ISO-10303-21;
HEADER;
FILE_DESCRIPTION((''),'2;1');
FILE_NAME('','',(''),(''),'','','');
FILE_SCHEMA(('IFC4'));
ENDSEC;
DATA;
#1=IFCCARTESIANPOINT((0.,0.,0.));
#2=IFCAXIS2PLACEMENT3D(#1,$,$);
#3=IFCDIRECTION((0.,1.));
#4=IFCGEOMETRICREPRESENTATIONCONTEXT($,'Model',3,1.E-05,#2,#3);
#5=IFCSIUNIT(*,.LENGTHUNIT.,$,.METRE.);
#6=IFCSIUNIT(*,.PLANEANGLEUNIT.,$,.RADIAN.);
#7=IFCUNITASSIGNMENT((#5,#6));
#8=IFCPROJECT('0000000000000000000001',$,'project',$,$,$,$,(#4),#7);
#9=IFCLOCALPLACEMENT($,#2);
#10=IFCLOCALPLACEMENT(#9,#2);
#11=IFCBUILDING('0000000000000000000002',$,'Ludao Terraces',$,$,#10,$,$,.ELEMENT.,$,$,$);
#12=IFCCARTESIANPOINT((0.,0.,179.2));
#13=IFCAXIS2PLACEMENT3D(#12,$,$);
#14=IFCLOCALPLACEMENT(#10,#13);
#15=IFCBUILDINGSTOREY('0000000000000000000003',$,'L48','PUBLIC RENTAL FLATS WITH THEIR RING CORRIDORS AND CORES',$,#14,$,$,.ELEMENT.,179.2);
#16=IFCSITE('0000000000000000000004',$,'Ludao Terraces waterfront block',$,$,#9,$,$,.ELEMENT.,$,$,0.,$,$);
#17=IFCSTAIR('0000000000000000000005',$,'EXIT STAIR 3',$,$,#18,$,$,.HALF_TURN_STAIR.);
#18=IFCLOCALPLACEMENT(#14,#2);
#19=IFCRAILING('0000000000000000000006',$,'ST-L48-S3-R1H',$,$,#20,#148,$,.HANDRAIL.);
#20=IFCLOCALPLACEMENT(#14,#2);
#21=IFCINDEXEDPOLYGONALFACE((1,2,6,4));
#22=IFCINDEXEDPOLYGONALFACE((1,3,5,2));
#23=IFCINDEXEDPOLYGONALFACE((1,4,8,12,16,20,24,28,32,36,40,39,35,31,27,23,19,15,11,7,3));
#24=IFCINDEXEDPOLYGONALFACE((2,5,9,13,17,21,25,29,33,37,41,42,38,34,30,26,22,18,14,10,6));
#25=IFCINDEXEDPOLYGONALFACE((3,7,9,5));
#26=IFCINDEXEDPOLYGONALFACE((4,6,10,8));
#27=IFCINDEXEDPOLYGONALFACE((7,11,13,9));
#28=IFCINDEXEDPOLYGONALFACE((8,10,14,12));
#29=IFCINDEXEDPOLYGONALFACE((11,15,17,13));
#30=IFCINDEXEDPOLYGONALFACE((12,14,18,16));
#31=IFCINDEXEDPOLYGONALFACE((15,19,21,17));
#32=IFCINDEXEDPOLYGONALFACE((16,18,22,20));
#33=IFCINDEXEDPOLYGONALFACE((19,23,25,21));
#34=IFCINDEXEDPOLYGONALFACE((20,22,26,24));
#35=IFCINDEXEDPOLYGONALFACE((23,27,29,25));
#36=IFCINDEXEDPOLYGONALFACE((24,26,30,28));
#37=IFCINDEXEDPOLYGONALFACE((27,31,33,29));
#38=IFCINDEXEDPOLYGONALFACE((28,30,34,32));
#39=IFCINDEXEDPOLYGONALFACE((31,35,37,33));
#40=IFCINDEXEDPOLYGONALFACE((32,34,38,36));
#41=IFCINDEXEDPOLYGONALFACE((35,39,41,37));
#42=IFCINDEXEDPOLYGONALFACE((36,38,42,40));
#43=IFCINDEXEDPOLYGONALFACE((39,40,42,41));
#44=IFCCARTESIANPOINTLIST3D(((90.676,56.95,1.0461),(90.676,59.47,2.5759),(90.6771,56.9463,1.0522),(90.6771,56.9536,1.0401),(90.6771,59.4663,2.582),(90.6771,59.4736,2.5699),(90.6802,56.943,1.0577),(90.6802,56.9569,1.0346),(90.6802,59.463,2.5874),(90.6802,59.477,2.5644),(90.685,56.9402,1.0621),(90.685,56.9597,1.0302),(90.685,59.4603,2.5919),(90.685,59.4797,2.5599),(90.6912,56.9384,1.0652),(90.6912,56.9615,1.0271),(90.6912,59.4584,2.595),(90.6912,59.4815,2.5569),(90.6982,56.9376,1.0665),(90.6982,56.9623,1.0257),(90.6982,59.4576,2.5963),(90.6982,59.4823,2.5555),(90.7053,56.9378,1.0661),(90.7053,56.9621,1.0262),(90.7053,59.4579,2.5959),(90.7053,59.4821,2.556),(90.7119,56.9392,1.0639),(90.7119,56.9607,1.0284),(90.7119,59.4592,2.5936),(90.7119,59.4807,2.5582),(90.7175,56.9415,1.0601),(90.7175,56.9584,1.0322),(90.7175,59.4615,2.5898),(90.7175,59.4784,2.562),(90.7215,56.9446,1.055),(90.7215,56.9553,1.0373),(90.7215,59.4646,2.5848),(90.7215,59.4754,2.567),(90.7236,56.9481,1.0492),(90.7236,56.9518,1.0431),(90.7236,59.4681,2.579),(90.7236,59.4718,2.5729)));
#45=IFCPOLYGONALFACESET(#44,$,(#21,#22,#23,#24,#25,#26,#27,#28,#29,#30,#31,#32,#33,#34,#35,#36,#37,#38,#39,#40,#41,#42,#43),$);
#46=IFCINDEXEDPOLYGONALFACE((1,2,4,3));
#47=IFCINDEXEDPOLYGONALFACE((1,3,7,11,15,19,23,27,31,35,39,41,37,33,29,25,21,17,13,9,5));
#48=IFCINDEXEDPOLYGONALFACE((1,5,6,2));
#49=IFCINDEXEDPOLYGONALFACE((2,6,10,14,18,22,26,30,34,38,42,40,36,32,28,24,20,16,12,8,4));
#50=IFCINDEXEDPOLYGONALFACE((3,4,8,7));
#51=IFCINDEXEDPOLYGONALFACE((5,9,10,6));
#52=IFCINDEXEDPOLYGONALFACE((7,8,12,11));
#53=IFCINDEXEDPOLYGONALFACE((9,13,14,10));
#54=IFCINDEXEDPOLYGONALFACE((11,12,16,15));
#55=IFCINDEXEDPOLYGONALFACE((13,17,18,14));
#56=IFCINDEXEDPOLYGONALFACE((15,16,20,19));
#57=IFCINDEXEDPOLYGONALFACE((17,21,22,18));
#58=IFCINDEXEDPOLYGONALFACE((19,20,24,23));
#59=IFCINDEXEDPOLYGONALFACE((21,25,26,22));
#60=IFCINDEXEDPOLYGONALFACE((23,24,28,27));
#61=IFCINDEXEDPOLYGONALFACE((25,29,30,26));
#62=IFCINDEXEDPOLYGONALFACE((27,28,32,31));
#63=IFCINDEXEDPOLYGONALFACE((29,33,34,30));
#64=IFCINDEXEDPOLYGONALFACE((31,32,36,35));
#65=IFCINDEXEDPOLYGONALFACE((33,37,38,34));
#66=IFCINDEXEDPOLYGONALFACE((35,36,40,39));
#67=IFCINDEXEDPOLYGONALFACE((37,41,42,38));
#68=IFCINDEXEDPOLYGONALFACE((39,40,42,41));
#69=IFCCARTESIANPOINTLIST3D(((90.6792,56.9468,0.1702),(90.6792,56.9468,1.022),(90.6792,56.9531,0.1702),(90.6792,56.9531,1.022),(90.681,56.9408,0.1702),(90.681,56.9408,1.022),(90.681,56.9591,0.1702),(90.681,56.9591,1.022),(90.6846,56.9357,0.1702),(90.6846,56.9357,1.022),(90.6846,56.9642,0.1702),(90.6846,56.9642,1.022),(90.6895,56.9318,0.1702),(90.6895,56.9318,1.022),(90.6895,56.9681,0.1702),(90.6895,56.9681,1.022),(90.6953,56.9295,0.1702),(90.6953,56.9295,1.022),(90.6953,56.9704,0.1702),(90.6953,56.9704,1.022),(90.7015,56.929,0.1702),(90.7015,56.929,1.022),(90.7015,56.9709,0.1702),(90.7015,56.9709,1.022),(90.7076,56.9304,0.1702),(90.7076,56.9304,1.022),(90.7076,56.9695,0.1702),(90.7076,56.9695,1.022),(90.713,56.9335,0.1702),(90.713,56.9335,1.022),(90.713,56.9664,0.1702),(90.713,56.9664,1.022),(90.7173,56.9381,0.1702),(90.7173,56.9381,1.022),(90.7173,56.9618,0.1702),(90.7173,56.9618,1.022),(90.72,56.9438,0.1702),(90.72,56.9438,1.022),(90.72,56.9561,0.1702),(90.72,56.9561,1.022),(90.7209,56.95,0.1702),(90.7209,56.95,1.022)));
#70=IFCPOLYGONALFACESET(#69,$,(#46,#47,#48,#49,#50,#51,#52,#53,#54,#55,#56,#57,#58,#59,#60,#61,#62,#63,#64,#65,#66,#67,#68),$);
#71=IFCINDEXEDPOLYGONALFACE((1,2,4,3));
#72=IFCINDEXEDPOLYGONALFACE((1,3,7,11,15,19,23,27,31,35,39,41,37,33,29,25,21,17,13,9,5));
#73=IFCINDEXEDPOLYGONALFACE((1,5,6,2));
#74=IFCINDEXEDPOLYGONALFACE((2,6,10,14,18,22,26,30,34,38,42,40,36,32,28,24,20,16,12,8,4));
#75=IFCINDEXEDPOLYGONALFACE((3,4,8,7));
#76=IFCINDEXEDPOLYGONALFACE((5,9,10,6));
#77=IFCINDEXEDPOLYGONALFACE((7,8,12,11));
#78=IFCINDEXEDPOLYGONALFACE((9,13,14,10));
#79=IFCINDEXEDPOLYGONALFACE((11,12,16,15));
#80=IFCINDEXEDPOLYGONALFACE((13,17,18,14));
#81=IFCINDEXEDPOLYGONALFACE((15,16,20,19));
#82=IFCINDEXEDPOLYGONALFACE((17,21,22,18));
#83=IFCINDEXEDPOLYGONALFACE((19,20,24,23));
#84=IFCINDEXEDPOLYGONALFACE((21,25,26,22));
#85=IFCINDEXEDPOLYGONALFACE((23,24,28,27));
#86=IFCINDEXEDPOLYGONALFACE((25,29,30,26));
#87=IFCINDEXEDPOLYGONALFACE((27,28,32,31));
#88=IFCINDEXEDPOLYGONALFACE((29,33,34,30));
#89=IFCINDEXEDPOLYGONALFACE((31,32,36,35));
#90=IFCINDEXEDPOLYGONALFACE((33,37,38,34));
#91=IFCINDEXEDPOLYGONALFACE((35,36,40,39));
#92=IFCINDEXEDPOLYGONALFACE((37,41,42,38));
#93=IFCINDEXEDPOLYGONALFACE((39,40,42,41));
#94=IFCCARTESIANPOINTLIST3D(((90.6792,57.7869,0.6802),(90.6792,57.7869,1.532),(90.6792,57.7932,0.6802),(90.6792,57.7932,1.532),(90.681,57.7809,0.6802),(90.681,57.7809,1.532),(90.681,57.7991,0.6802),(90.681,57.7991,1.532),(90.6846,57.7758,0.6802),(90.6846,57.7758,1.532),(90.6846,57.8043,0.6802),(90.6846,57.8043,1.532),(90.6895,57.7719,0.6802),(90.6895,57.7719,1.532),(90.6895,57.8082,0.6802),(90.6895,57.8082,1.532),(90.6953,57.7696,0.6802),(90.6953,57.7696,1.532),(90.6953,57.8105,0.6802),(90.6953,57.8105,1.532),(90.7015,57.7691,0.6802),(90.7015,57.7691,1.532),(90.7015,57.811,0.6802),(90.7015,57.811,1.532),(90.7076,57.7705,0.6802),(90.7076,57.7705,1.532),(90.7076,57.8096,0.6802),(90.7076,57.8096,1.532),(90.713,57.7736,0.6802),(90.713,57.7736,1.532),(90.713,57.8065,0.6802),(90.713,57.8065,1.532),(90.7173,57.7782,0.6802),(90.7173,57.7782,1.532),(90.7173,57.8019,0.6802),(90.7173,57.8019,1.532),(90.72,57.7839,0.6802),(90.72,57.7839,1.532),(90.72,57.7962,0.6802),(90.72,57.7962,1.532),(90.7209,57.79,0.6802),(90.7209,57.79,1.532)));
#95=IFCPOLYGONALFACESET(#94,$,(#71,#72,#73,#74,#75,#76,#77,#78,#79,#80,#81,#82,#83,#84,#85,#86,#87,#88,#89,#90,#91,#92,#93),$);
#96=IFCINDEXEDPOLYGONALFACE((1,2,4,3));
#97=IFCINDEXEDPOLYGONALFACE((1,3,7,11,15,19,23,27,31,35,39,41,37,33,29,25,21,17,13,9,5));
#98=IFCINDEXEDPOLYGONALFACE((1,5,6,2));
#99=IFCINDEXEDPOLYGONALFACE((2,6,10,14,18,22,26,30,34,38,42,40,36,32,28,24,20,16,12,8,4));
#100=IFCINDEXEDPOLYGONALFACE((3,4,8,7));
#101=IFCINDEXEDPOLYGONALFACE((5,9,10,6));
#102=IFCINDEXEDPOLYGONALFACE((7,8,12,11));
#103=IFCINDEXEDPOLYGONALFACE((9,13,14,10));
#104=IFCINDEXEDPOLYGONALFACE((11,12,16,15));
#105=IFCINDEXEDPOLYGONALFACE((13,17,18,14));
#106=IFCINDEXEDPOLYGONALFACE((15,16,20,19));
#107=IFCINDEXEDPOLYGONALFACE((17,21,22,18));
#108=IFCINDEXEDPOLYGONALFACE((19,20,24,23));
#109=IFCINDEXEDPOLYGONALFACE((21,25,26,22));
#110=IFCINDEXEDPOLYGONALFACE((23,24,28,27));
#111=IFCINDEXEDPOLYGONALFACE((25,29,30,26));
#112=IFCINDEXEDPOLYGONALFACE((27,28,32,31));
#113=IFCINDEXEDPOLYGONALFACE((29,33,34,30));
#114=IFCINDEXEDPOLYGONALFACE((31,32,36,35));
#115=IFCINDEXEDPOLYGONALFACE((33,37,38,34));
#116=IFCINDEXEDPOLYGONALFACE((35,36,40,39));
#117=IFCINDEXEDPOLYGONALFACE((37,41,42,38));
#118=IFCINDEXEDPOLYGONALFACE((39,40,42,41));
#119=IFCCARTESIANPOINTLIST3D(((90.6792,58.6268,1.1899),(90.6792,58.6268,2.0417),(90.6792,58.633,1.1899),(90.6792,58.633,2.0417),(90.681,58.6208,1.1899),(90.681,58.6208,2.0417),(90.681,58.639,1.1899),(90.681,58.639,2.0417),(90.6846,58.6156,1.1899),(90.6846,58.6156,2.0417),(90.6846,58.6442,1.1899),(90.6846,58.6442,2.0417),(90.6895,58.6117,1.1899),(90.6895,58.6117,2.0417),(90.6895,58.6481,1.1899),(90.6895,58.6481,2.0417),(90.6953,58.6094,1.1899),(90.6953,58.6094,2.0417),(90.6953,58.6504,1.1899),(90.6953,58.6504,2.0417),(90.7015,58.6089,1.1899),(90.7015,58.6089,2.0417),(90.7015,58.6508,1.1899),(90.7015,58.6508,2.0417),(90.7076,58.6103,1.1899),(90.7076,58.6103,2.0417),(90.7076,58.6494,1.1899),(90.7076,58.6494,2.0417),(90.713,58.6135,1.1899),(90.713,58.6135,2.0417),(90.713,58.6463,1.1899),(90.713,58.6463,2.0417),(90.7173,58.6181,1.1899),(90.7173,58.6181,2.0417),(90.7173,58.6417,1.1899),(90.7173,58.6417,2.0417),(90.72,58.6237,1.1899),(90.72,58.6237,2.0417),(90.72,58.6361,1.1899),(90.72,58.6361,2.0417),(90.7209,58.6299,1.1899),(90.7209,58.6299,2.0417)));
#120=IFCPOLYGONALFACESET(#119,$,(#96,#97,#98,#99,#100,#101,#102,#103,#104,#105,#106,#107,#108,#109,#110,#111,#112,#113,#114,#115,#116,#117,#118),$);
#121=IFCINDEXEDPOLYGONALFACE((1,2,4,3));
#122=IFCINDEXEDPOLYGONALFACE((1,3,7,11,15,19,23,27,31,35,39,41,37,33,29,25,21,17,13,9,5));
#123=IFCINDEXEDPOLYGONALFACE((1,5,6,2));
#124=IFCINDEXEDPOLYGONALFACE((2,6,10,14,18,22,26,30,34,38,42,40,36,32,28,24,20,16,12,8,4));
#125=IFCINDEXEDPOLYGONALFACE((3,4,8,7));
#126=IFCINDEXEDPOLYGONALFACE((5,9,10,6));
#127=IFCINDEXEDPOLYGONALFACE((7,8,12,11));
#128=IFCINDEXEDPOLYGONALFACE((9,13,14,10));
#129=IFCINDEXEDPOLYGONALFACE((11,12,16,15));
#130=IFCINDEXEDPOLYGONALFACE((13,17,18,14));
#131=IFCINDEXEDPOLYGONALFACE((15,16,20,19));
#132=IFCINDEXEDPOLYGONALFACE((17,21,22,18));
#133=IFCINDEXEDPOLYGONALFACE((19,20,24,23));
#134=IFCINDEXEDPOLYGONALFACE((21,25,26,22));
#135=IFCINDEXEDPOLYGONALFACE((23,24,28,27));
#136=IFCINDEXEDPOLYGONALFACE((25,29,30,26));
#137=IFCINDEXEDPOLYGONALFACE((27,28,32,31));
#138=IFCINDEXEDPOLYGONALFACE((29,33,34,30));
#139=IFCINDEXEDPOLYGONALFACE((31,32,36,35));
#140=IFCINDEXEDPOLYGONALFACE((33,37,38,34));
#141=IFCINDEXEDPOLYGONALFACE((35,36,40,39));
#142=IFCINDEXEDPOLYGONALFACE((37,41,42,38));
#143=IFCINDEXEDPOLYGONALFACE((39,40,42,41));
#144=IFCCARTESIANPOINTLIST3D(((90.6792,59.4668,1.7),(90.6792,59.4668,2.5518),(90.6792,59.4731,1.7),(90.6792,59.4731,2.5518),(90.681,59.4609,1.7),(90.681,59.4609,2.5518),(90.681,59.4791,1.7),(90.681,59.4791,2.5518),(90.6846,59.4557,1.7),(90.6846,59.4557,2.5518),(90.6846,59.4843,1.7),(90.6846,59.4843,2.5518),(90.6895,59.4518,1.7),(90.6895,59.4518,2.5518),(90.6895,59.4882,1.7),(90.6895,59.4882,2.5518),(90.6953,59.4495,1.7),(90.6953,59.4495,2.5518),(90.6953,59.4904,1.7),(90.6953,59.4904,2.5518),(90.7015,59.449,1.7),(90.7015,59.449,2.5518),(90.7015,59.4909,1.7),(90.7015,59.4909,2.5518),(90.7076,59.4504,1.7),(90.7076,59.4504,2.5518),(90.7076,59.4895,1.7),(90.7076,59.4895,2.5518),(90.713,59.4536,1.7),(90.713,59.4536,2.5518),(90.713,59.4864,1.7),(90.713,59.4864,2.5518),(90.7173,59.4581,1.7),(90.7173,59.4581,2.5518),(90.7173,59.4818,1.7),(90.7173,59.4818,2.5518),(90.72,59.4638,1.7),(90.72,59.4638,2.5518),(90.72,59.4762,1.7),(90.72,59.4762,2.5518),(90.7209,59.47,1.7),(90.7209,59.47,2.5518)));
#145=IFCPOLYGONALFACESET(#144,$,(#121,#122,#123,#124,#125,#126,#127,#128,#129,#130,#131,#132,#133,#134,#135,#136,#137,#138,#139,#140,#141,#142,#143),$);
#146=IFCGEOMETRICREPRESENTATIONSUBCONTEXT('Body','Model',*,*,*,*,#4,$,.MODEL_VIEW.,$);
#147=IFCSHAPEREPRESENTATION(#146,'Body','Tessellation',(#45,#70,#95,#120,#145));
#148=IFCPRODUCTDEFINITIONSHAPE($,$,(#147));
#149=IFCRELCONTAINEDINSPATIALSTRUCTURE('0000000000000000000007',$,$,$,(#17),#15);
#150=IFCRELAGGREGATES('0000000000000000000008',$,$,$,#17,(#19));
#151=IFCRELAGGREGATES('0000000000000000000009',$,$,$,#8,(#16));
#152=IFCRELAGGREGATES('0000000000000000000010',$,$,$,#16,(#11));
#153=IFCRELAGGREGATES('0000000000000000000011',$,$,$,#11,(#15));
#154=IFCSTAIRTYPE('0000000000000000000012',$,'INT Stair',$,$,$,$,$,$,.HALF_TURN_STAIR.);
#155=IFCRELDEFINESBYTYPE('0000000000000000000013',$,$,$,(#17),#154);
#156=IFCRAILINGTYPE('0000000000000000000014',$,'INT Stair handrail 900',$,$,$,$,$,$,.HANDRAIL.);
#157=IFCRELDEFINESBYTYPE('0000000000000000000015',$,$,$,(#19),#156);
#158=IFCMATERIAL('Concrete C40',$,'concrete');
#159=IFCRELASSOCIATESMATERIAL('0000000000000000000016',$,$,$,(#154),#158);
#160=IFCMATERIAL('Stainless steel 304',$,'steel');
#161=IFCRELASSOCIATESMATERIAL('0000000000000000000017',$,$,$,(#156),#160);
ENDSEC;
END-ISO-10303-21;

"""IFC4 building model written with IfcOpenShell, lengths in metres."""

from ifc_helpers import new_model, si_unit, direction, frame, origin, origin_2d, place, context, subcontext, project, spatial, circle, extrude, material, type_object, element, aggregate, save


model = new_model("IFC4")

# Units and contexts
model_context = context("Model", 3, precision=1e-05, world=origin(), true_north=direction((0.0, 1.0)))
body_context = subcontext(model_context, "Body", "Model", "MODEL_VIEW")
ifc_project = project(units=[si_unit("LENGTHUNIT", "METRE"), si_unit("PLANEANGLEUNIT", "RADIAN")], contexts=[model_context])

# Site, building, storey
site_placement = place(None, origin())
site = spatial("IfcSite", under=ifc_project, at=site_placement, Name="Ludao Terraces waterfront block", CompositionType="ELEMENT", RefElevation=0.0)
building_placement = place(site_placement, origin())
building = spatial("IfcBuilding", under=site, at=building_placement, Name="Ludao Terraces", CompositionType="ELEMENT")
storey_placement = place(building_placement, frame((0.0, 0.0, 179.2)))
storey = spatial("IfcBuildingStorey", under=building, at=storey_placement, Name="L48", Description="PUBLIC RENTAL FLATS WITH THEIR RING CORRIDORS AND CORES", CompositionType="ELEMENT", Elevation=179.2)

# Shared definitions
ifc_material_1 = material(Name="Concrete C40", Category="concrete")

# Stair, railing
stair_type = type_object("IfcStairType", Name="INT Stair", PredefinedType="HALF_TURN_STAIR", material=ifc_material_1)
stair_placement = place(storey_placement, origin())
stair = element("IfcStair", 1, at=stair_placement, inside=storey, type_object=stair_type, Name="EXIT STAIR 3", PredefinedType="HALF_TURN_STAIR")
ifc_material_2 = material(Name="Stainless steel 304", Category="steel")
railing_type_1 = type_object("IfcRailingType", Name="INT Stair handrail 900", PredefinedType="HANDRAIL", material=ifc_material_2)
railing_1_placement = place(storey_placement, frame((90.7, 56.95, 0.1702)))
railing_1 = element("IfcRailing", 2, at=railing_1_placement, type_object=railing_type_1, Name="ST-L48-S3-R1H", PredefinedType="HANDRAIL", context=body_context, shape_type="SweptSolid", body=[
    extrude(circle(Radius=0.0239, at=origin_2d()), frame((0.0, 0.0, 0.876), z_axis=(0.0, 0.854822, 0.518922), x_axis=(-1.0, 0.0, 0.0)), (0.0, 0.0, 1.0), 2.948),
    extrude(circle(Radius=0.021, at=origin_2d()), origin(), (0.0, 0.0, 1.0), 0.8518),
    extrude(circle(Radius=0.021, at=origin_2d()), frame((0.0, 0.8401, 0.51)), (0.0, 0.0, 1.0), 0.8518),
    extrude(circle(Radius=0.021, at=origin_2d()), frame((0.0, 1.6799, 1.0198)), (0.0, 0.0, 1.0), 0.8518),
    extrude(circle(Radius=0.021, at=origin_2d()), frame((0.0, 2.52, 1.5298)), (0.0, 0.0, 1.0), 0.8518),
])
aggregate(stair, [railing_1])

save(model, "model.ifc")
